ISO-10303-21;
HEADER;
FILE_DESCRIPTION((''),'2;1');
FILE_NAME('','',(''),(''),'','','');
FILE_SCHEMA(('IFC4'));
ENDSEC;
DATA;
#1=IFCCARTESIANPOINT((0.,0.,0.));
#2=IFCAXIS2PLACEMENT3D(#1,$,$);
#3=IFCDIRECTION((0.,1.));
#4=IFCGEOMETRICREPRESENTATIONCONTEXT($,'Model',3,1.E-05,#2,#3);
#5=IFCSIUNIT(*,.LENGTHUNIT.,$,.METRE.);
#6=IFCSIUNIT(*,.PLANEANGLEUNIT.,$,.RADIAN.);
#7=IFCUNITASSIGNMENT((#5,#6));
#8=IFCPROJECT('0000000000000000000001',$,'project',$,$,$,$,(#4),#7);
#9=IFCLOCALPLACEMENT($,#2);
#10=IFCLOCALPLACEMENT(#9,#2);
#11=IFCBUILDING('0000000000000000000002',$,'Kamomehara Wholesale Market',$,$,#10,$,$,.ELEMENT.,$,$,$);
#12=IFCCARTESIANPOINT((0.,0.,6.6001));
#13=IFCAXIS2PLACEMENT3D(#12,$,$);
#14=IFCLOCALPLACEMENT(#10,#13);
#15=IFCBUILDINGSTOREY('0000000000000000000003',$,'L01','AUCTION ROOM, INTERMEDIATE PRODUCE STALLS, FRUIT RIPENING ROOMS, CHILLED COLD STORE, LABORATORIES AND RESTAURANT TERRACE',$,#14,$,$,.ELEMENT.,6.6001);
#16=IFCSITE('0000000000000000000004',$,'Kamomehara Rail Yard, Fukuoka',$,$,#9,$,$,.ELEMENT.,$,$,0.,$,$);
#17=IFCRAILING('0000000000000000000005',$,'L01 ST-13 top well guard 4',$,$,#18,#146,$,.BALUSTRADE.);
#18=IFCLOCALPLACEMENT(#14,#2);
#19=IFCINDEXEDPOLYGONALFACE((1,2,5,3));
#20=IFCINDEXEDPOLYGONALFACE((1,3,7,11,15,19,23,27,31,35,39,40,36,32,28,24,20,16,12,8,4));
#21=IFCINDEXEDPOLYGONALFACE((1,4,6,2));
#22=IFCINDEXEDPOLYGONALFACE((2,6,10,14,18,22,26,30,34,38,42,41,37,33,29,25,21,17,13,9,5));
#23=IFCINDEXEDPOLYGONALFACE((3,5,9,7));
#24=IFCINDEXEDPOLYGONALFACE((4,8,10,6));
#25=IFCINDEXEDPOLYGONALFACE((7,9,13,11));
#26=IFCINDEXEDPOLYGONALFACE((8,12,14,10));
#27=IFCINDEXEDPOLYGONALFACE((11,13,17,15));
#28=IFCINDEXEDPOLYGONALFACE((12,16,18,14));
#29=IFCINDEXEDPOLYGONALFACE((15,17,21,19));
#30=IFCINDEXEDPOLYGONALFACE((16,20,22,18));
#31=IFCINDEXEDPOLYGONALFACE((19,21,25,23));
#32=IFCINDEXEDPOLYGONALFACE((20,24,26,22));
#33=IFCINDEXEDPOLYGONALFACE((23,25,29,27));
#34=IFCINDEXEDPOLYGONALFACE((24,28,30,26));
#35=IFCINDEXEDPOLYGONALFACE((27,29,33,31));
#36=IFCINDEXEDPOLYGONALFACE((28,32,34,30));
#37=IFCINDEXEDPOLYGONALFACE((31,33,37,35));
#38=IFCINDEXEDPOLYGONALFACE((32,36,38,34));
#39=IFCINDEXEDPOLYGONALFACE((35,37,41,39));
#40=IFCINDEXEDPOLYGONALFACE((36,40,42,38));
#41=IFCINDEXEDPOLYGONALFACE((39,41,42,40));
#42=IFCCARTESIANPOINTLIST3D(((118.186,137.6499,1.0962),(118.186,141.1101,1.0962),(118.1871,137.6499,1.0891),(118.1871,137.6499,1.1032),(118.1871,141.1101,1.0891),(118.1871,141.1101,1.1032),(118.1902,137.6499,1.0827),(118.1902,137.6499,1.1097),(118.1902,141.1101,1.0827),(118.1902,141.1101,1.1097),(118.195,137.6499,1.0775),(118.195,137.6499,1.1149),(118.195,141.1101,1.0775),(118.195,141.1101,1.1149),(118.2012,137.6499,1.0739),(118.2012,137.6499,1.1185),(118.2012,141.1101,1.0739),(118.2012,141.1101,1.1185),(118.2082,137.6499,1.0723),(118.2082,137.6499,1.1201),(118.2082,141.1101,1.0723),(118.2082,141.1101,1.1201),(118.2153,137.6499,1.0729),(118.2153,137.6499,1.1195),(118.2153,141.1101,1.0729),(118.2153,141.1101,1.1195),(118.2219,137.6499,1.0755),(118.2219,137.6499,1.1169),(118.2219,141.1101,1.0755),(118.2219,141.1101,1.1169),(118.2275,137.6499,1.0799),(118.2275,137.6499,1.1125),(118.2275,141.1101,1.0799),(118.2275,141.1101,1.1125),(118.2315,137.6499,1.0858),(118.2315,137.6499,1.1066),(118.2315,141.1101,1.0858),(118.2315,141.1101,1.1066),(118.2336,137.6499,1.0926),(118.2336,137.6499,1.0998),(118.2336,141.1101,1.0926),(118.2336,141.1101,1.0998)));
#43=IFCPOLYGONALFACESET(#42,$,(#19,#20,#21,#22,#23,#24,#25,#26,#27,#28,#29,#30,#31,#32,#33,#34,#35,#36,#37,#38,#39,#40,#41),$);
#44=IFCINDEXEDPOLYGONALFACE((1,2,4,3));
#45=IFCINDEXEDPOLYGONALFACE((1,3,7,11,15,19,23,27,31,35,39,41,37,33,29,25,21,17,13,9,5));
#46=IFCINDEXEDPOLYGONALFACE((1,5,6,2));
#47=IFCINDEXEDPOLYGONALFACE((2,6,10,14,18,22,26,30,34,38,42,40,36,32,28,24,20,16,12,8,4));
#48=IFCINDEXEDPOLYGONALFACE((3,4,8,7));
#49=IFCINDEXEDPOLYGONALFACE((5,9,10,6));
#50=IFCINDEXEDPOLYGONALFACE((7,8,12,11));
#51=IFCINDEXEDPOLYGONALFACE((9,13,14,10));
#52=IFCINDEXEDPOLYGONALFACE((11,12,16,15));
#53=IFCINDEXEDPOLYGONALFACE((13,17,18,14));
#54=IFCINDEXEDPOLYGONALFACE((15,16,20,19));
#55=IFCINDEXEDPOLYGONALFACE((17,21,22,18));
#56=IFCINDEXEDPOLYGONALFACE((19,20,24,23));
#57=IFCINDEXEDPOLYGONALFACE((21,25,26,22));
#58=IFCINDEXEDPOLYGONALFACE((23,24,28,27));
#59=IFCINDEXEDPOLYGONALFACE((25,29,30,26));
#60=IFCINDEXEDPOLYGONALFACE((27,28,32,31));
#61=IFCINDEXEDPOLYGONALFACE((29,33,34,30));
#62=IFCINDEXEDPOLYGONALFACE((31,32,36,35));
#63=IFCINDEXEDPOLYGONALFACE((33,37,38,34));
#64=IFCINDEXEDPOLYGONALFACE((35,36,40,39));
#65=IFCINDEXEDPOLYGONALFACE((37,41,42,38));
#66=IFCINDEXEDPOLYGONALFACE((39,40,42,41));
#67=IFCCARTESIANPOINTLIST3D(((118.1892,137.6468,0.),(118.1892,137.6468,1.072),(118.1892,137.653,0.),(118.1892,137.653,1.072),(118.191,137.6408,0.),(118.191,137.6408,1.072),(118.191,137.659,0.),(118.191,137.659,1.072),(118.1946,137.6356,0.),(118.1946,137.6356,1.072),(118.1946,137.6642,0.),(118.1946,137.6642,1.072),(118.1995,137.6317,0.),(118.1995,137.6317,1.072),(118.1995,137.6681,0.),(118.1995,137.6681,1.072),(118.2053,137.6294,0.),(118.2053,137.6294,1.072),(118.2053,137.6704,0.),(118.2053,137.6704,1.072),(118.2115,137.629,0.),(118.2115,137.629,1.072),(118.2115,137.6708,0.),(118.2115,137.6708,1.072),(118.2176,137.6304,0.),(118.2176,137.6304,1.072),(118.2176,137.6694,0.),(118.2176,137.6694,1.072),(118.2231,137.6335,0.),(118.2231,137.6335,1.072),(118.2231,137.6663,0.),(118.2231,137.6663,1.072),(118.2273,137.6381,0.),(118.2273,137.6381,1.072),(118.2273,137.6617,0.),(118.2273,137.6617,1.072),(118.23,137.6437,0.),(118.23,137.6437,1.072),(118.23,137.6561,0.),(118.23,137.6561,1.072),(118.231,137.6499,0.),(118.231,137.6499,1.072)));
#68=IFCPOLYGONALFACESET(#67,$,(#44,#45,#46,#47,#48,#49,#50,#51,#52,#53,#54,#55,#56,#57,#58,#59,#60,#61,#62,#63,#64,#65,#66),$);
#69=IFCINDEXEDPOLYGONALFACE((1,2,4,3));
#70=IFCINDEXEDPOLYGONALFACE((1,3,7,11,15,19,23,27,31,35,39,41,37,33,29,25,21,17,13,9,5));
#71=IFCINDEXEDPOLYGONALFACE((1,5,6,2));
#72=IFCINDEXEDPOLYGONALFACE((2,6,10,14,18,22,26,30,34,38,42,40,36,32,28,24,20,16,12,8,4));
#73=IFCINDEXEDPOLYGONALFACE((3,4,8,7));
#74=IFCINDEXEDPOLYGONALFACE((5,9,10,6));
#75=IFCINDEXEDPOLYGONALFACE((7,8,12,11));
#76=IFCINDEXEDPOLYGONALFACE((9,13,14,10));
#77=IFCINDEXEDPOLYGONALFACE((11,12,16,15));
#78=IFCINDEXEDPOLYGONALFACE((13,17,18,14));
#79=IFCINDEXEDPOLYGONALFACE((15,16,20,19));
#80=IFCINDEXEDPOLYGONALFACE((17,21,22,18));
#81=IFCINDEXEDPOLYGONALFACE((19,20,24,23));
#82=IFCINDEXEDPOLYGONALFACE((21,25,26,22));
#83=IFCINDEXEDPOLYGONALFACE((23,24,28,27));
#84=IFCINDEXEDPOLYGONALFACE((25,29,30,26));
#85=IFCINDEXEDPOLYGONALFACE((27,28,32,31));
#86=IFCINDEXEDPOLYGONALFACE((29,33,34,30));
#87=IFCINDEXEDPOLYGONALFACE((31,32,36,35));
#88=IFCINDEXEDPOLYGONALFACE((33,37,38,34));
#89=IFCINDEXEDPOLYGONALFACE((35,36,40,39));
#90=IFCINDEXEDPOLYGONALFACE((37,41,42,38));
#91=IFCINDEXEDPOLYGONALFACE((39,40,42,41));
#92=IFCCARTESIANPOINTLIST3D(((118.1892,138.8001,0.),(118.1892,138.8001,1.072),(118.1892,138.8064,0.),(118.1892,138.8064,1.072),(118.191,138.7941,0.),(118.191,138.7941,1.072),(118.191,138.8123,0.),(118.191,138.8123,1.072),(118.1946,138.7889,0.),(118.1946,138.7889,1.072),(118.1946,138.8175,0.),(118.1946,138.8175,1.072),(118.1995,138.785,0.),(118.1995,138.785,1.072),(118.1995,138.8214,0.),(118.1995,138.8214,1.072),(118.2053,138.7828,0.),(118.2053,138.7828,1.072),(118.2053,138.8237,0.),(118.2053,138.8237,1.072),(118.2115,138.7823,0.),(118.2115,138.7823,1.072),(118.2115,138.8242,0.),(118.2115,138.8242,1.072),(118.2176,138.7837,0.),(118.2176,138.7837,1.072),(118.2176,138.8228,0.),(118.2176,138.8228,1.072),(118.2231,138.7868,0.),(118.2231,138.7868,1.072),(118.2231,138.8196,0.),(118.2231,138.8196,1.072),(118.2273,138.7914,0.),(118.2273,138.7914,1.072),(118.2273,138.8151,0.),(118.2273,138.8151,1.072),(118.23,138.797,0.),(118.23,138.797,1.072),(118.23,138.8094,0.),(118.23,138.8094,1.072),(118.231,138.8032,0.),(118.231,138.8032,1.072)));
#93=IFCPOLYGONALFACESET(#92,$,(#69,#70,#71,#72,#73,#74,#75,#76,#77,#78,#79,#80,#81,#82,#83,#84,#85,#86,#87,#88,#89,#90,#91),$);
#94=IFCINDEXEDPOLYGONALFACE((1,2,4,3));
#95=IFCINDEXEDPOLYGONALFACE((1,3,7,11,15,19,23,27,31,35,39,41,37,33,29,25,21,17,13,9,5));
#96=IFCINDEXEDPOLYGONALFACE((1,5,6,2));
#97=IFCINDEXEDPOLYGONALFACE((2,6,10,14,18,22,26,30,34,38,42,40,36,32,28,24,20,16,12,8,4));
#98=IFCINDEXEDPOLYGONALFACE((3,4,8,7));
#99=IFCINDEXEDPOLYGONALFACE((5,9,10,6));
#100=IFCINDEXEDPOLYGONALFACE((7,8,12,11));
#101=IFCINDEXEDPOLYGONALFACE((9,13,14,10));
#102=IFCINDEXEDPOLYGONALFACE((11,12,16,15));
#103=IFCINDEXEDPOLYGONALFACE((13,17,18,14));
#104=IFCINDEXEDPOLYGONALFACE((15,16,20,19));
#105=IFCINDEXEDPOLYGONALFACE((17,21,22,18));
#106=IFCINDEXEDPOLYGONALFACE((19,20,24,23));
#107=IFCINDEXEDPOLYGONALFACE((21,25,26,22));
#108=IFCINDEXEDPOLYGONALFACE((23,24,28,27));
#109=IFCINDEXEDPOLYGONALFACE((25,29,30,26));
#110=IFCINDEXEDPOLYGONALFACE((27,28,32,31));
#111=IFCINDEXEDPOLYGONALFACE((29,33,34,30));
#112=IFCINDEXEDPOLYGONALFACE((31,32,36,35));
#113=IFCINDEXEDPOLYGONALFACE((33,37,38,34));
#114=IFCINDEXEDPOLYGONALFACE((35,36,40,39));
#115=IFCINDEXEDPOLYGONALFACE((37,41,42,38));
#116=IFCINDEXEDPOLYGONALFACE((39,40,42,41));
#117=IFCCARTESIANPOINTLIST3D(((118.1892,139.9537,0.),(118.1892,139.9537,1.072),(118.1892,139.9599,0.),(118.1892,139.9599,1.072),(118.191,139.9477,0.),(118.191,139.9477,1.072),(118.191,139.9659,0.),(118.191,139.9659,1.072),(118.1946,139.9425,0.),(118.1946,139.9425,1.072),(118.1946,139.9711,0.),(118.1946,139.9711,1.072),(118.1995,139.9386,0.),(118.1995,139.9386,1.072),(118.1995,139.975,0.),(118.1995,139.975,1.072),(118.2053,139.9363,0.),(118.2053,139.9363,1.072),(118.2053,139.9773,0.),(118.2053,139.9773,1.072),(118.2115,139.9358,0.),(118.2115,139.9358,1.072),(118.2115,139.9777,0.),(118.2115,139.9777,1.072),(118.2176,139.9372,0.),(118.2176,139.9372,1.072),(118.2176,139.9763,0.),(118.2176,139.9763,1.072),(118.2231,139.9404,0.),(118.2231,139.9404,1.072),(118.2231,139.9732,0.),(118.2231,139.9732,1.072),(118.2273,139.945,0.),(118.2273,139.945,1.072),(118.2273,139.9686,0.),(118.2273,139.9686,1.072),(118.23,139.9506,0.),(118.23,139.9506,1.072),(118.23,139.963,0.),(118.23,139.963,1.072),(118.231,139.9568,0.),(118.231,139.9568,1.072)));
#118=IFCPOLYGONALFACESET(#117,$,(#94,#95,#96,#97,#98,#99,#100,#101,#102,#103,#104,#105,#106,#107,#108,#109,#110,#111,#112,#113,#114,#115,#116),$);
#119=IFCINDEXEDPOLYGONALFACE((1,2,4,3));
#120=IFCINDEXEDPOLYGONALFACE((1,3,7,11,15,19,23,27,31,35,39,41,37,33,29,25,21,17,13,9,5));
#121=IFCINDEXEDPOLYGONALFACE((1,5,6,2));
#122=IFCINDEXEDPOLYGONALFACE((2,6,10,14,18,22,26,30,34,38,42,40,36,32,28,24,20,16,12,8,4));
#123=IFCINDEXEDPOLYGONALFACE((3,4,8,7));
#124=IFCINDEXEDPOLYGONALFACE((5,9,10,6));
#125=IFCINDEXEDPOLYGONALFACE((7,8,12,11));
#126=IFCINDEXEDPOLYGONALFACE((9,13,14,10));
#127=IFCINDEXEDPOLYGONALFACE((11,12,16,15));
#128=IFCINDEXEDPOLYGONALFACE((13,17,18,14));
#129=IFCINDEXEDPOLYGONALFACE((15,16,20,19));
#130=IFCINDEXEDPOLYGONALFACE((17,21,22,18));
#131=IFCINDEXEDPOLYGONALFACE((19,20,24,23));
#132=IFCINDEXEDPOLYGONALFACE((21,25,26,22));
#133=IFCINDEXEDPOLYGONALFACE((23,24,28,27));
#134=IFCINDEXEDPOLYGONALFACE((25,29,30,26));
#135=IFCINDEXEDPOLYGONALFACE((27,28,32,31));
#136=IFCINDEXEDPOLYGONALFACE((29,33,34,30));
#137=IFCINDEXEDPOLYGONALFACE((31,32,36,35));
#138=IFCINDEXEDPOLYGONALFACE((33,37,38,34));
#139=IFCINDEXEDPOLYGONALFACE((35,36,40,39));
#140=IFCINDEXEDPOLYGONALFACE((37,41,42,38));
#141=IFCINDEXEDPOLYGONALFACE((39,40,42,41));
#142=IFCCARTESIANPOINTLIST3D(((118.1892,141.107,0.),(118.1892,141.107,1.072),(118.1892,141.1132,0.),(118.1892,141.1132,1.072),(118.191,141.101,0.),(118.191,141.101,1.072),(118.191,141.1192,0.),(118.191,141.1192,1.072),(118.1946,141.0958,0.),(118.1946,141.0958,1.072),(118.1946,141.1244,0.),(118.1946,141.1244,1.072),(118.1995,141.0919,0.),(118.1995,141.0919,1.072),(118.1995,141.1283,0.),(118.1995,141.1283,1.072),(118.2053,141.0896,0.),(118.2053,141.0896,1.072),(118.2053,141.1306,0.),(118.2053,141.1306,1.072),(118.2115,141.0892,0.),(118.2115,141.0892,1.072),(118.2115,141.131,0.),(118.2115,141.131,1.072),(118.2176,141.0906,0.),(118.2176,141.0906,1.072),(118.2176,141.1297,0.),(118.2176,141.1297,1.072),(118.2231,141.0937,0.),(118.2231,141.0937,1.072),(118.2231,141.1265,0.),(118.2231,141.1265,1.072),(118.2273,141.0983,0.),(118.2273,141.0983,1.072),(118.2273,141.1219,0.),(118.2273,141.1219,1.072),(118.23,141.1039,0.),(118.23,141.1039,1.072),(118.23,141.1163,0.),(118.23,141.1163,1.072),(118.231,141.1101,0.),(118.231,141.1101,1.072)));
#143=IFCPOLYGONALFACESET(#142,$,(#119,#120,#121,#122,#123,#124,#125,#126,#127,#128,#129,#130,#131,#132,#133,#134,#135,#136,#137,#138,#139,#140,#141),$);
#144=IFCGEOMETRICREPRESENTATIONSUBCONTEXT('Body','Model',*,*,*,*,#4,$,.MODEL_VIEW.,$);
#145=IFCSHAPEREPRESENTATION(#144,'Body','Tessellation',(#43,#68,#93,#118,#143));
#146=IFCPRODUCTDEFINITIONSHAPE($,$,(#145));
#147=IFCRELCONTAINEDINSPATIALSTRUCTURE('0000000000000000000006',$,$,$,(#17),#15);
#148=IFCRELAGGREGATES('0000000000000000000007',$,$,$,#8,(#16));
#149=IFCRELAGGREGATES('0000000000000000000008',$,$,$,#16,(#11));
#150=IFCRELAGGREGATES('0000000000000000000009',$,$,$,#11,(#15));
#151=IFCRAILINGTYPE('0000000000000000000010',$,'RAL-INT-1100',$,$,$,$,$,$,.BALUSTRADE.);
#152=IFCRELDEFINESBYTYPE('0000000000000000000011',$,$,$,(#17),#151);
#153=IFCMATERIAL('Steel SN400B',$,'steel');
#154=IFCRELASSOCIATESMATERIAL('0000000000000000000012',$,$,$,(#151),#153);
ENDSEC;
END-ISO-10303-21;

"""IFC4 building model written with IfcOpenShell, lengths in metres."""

from ifc_helpers import new_model, si_unit, direction, frame, origin, origin_2d, place, context, subcontext, project, spatial, circle, extrude, material, type_object, element, save


model = new_model("IFC4")

# Units and contexts
model_context = context("Model", 3, precision=1e-05, world=origin(), true_north=direction((0.0, 1.0)))
body_context = subcontext(model_context, "Body", "Model", "MODEL_VIEW")
ifc_project = project(units=[si_unit("LENGTHUNIT", "METRE"), si_unit("PLANEANGLEUNIT", "RADIAN")], contexts=[model_context])

# Site, building, storey
site_placement = place(None, origin())
site = spatial("IfcSite", under=ifc_project, at=site_placement, Name="Kamomehara Rail Yard, Fukuoka", CompositionType="ELEMENT", RefElevation=0.0)
building_placement = place(site_placement, origin())
building = spatial("IfcBuilding", under=site, at=building_placement, Name="Kamomehara Wholesale Market", CompositionType="ELEMENT")
storey_placement = place(building_placement, frame((0.0, 0.0, 6.6001)))
storey = spatial("IfcBuildingStorey", under=building, at=storey_placement, Name="L01", Description="AUCTION ROOM, INTERMEDIATE PRODUCE STALLS, FRUIT RIPENING ROOMS, CHILLED COLD STORE, LABORATORIES AND RESTAURANT TERRACE", CompositionType="ELEMENT", Elevation=6.6001)

# Railing
ifc_material_1 = material(Name="Steel SN400B", Category="steel")
railing_type = type_object("IfcRailingType", Name="RAL-INT-1100", PredefinedType="BALUSTRADE", material=ifc_material_1)
railing_1_placement = place(storey_placement, frame((118.21, 137.6499, 0.0)))
element("IfcRailing", 1, at=railing_1_placement, inside=storey, type_object=railing_type, Name="L01 ST-13 top well guard 4", PredefinedType="BALUSTRADE", context=body_context, shape_type="SweptSolid", body=[
    extrude(circle(Radius=0.0239, at=origin_2d()), frame((0.0, 0.0, 1.0962), z_axis=(0.0, 1.0, 0.0), x_axis=(-1.0, 0.0, 0.0)), (0.0, 0.0, 1.0), 3.4602),
    extrude(circle(Radius=0.021, at=origin_2d()), origin(), (0.0, 0.0, 1.0), 1.072),
    extrude(circle(Radius=0.021, at=origin_2d()), frame((0.0, 1.1533, 0.0)), (0.0, 0.0, 1.0), 1.072),
    extrude(circle(Radius=0.021, at=origin_2d()), frame((0.0, 2.3069, 0.0)), (0.0, 0.0, 1.0), 1.072),
    extrude(circle(Radius=0.021, at=origin_2d()), frame((0.0, 3.4602, 0.0)), (0.0, 0.0, 1.0), 1.072),
])

save(model, "model.ifc")
